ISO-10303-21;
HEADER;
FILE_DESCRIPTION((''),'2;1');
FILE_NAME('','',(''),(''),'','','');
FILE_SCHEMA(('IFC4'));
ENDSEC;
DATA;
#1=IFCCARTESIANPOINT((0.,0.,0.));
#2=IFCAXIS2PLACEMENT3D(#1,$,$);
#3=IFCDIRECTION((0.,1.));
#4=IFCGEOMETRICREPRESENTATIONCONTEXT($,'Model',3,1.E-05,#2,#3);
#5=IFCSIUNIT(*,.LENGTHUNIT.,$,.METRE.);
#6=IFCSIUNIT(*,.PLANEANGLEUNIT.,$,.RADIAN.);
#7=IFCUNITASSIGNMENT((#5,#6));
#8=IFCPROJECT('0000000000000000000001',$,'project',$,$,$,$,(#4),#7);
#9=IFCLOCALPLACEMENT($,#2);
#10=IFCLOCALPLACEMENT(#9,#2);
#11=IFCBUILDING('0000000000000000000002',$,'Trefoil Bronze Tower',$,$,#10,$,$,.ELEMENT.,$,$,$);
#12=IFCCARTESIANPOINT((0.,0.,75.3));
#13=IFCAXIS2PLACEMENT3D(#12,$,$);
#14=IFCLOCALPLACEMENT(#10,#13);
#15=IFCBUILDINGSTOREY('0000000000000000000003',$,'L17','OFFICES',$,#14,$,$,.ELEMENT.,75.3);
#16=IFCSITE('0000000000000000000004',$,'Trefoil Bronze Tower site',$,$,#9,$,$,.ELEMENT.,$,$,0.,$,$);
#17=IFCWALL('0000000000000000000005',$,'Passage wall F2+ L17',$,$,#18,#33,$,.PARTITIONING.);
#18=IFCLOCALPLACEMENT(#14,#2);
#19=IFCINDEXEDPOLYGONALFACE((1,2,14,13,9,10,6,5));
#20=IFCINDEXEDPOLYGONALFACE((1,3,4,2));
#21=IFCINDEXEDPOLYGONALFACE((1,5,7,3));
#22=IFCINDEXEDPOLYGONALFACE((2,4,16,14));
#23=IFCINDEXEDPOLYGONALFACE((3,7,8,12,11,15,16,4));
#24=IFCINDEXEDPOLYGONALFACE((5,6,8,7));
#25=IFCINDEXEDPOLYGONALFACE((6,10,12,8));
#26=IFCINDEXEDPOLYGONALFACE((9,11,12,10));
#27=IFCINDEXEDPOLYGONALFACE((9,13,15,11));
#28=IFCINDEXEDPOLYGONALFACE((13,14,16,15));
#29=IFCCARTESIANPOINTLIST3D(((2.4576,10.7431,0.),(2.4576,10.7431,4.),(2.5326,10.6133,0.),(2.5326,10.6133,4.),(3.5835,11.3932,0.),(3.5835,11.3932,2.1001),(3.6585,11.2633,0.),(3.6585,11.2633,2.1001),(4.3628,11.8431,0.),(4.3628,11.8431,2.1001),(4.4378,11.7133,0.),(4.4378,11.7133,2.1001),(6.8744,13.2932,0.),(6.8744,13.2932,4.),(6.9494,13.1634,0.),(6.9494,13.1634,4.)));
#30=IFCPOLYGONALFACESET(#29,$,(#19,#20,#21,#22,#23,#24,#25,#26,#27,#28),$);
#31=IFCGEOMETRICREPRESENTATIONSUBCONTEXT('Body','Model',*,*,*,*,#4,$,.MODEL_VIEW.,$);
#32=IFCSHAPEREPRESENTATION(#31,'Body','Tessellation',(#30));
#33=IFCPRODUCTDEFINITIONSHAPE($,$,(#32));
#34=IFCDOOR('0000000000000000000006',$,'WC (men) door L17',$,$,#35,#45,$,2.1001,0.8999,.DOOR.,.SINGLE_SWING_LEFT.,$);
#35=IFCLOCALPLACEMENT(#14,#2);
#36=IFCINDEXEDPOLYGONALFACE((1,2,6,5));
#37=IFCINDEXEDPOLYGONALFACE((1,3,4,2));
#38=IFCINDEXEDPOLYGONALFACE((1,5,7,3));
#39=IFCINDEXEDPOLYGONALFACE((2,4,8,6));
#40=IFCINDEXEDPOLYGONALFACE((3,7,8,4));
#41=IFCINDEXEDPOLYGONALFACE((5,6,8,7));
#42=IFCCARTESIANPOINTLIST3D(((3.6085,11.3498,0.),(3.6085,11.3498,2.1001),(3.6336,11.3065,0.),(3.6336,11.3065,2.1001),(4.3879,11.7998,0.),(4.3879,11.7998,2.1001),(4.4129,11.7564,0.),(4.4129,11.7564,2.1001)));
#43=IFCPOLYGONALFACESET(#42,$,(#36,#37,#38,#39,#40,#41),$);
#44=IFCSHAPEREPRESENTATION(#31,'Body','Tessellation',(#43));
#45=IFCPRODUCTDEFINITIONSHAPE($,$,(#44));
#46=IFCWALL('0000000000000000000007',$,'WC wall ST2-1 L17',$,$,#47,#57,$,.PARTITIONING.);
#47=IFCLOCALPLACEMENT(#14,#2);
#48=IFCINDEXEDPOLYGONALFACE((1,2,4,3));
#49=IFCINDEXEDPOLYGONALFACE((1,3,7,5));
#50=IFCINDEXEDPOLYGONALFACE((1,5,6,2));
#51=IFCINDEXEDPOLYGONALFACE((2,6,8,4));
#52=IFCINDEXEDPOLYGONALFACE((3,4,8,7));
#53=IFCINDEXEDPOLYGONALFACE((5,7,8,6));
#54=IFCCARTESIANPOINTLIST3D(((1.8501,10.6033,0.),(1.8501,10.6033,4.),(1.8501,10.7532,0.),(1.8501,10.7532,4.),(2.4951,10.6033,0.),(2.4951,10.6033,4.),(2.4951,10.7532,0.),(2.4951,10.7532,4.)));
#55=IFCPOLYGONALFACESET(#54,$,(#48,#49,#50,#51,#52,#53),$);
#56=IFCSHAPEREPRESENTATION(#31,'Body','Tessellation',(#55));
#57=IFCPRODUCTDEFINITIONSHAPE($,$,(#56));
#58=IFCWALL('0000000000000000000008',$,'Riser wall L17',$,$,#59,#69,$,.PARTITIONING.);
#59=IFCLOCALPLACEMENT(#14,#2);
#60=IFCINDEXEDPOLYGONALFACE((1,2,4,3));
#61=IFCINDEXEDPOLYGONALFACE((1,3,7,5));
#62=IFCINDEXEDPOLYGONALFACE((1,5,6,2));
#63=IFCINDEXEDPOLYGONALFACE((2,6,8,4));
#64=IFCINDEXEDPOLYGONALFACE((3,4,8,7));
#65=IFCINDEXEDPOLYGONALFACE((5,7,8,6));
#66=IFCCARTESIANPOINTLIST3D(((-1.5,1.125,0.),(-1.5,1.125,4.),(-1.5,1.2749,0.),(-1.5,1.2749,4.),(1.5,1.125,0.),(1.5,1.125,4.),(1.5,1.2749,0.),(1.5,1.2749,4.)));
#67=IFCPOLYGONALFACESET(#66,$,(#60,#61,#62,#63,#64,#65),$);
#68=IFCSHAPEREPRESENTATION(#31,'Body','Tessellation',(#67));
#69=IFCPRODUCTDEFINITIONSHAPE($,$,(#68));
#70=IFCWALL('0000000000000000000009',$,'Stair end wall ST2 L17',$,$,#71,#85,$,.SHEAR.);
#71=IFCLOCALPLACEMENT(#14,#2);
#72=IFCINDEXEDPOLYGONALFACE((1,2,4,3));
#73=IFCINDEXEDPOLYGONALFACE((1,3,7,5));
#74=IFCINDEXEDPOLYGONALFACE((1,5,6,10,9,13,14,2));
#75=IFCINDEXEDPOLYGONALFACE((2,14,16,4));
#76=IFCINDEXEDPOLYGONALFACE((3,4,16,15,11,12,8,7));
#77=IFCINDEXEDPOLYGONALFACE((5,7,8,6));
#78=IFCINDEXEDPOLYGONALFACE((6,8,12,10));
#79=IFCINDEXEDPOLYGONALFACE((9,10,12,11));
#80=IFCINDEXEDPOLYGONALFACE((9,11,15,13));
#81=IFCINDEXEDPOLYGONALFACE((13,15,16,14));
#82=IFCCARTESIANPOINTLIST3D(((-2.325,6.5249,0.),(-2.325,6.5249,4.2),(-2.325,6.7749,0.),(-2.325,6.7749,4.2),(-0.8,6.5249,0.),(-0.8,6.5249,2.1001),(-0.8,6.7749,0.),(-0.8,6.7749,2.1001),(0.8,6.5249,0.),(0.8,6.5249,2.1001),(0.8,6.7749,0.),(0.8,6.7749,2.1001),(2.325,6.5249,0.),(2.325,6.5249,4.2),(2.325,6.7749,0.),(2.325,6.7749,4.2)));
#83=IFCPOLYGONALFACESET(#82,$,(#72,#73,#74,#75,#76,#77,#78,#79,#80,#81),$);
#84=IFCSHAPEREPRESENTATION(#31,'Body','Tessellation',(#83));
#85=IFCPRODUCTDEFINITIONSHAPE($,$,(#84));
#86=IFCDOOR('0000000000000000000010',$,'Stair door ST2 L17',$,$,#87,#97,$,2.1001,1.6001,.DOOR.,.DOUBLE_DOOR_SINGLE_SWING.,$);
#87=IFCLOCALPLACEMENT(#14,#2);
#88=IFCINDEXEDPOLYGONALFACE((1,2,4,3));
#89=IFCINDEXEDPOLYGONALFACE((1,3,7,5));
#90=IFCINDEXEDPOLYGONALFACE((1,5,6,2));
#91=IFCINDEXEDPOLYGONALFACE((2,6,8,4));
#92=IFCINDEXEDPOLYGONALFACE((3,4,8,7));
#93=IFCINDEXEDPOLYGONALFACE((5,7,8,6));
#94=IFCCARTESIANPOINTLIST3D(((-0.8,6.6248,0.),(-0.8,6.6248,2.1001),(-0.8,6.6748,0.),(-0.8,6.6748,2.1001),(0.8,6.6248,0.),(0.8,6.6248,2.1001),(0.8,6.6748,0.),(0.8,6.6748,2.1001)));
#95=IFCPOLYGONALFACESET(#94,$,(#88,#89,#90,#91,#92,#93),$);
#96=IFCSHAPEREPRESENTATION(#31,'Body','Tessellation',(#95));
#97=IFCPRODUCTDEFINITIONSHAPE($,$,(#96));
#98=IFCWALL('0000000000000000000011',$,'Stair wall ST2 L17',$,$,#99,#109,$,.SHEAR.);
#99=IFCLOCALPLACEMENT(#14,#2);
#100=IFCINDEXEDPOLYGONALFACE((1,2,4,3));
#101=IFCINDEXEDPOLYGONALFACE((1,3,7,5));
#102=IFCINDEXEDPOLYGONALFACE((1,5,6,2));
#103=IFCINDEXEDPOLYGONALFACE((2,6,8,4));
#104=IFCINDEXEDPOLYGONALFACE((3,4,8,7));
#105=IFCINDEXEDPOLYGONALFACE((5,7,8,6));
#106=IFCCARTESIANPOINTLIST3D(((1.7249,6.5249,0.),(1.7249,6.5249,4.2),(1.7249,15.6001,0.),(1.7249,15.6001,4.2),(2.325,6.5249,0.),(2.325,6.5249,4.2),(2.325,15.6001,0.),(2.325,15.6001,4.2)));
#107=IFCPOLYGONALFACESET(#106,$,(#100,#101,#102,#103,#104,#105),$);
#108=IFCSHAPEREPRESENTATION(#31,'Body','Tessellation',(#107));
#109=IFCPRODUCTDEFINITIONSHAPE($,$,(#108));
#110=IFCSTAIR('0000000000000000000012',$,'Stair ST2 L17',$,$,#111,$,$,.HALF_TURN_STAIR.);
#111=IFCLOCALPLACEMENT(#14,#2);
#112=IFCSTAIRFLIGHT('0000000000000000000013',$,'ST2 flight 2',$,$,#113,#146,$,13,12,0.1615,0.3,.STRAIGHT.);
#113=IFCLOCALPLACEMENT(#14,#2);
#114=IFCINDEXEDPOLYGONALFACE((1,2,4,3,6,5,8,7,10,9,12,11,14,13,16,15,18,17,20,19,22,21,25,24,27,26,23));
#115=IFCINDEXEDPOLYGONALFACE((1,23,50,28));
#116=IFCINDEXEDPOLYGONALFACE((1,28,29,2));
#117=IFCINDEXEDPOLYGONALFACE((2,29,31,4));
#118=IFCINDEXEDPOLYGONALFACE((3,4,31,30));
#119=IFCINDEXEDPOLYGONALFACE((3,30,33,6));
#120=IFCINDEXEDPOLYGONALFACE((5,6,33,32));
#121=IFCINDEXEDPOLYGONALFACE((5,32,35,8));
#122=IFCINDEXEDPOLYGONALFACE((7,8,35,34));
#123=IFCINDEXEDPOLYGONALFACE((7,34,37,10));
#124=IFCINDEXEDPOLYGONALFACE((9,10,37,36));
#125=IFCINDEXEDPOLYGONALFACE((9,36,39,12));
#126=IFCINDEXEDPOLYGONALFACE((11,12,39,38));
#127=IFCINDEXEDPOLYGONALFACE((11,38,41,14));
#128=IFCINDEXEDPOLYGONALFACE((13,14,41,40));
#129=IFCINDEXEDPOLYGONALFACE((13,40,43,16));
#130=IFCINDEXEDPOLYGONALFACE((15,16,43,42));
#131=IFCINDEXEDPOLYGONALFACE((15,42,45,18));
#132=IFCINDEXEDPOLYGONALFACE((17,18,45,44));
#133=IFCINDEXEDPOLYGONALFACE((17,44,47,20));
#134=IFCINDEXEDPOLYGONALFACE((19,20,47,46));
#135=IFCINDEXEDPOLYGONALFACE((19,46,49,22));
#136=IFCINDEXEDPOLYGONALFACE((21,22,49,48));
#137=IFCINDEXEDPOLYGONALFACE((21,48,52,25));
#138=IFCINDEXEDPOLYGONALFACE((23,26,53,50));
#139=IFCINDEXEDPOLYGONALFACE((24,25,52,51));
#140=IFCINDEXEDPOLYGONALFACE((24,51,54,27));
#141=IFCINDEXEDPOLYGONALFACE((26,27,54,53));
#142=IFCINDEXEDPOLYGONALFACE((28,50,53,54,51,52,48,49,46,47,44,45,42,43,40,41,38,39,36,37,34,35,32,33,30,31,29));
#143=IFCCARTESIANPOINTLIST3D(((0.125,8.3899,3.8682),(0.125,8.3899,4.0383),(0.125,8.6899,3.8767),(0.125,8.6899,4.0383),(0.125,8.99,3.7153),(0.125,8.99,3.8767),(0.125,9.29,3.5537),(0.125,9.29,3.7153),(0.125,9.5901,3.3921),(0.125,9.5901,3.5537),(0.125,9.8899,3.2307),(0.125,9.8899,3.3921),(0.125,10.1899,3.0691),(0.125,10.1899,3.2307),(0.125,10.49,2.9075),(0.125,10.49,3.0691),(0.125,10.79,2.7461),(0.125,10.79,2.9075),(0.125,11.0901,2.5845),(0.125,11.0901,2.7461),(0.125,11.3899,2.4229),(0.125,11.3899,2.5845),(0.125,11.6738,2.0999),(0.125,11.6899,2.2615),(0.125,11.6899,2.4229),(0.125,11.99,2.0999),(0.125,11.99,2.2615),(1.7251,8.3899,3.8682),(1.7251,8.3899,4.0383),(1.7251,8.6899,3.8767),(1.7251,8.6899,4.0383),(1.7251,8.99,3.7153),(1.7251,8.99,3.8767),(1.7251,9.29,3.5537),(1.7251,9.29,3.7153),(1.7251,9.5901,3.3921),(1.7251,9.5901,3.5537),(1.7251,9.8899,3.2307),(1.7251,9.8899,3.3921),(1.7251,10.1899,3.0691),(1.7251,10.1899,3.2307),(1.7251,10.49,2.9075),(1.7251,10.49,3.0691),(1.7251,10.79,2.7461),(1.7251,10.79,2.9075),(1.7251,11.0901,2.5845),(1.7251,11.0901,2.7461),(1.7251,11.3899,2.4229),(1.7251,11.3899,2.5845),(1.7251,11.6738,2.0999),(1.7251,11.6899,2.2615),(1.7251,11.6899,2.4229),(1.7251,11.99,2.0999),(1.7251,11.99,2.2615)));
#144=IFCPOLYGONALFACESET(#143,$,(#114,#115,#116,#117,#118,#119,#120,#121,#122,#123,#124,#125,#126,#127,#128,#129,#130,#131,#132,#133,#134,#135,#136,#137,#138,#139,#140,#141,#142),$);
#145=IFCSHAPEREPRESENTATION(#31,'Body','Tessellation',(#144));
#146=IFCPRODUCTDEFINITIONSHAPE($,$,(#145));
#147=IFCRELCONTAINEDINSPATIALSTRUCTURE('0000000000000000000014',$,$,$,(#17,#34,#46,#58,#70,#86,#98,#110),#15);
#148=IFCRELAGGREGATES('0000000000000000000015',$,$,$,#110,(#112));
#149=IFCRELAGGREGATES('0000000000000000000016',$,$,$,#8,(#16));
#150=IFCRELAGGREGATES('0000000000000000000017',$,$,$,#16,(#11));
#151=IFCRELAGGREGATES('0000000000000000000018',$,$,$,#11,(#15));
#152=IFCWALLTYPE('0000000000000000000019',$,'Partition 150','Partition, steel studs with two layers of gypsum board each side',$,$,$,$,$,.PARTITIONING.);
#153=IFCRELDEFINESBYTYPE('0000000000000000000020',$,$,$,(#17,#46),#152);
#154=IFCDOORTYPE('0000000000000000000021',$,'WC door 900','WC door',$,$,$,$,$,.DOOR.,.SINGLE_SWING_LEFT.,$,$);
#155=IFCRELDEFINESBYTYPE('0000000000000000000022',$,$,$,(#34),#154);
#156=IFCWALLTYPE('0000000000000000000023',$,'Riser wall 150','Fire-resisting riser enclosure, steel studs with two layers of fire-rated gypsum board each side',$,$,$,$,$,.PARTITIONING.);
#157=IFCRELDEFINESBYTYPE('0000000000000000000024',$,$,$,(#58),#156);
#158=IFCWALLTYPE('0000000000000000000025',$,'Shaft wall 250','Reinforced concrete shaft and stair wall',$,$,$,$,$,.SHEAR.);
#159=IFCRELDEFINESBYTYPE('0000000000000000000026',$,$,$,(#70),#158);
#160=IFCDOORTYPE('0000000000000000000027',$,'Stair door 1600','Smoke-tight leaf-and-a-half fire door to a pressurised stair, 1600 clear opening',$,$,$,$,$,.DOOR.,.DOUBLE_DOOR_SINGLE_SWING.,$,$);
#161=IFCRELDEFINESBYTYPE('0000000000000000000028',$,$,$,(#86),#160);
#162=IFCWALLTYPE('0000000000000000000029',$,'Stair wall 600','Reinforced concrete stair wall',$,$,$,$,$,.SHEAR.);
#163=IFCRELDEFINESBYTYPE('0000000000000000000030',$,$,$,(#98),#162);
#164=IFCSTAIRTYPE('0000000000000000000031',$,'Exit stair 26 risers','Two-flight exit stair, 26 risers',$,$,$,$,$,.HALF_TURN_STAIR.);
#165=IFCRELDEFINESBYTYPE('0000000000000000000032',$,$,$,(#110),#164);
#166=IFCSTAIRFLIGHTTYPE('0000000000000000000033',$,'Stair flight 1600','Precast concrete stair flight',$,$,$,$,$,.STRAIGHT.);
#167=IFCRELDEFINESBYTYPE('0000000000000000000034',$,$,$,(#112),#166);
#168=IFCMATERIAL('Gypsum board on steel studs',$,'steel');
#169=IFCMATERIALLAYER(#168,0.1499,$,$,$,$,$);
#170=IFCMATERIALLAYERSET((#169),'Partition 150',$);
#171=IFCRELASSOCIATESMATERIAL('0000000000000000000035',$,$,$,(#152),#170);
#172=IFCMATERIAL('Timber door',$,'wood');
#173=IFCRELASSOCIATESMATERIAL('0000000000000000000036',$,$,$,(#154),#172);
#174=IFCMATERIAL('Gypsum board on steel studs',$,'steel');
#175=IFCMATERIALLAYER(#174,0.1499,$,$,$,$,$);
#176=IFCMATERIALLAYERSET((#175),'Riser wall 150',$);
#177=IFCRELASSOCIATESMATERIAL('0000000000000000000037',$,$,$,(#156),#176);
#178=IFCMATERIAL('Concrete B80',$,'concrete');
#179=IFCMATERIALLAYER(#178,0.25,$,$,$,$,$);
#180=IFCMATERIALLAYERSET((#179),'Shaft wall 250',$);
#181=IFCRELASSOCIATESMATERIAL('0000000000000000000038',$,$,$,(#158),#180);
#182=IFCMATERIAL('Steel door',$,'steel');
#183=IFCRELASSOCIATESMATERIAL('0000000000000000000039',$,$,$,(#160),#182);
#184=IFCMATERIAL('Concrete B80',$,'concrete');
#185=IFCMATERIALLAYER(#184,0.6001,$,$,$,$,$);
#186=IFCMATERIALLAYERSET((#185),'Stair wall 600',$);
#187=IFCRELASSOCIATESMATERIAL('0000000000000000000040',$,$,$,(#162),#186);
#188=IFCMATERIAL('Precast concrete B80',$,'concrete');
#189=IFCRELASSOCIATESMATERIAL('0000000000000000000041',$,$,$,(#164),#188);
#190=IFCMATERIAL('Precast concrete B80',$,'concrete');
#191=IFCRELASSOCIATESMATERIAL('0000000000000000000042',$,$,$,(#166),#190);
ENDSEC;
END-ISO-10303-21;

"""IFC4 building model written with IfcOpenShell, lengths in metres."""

from ifc_helpers import new_model, si_unit, direction, frame, frame_2d, origin, place, context, subcontext, project, spatial, polyline, rectangle, outline, extrude, material, layer, layer_set, type_object, element, fill, aggregate, save


model = new_model("IFC4")

# Units and contexts
model_context = context("Model", 3, precision=1e-05, world=origin(), true_north=direction((0.0, 1.0)))
body_context = subcontext(model_context, "Body", "Model", "MODEL_VIEW")
ifc_project = project(units=[si_unit("LENGTHUNIT", "METRE"), si_unit("PLANEANGLEUNIT", "RADIAN")], contexts=[model_context])

# Site, building, storey
site_placement = place(None, origin())
site = spatial("IfcSite", under=ifc_project, at=site_placement, Name="Trefoil Bronze Tower site", CompositionType="ELEMENT", RefElevation=0.0)
building_placement = place(site_placement, origin())
building = spatial("IfcBuilding", under=site, at=building_placement, Name="Trefoil Bronze Tower", CompositionType="ELEMENT")
storey_placement = place(building_placement, frame((0.0, 0.0, 75.3)))
storey = spatial("IfcBuildingStorey", under=building, at=storey_placement, Name="L17", Description="OFFICES", CompositionType="ELEMENT", Elevation=75.3)

# Wall, opening, door
ifc_material_1 = material(Name="Gypsum board on steel studs", Category="steel")
ifc_layer_1 = layer(ifc_material_1, 0.1499)
ifc_layer_set_1 = layer_set([ifc_layer_1], Name="Partition 150")
wall_type_1 = type_object("IfcWallType", Name="Partition 150", Description="Partition, steel studs with two layers of gypsum board each side", PredefinedType="PARTITIONING", material=ifc_layer_set_1)
wall_1_placement = place(storey_placement, frame((2.4951, 10.6782, 0.0), z_axis=(0.0, 0.0, 1.0), x_axis=(0.866022, 0.500006, 0.0)))
wall_1 = element("IfcWall", 1, at=wall_1_placement, inside=storey, type_object=wall_type_1, Name="Passage wall F2+ L17", PredefinedType="PARTITIONING", context=body_context, shape_type="SweptSolid", body=[
    extrude(rectangle(XDim=5.1001, YDim=0.1499, at=frame_2d((2.55, 0.0))), origin(), (0.0, 0.0, 1.0), 4.0),
])
opening_1_placement = place(wall_1_placement, frame((1.3, 0.0, 0.0)))
opening_1 = element("IfcOpeningElement", 2, at=opening_1_placement, cuts=wall_1, PredefinedType="OPENING", context=body_context, shape_type="SweptSolid", body=[
    extrude(rectangle(XDim=0.8999, YDim=2.1001, at=frame_2d((0.45, 1.05))), frame((0.0, 0.085, 0.0), z_axis=(0.0, -1.0, 0.0), x_axis=(1.0, 0.0, 0.0)), (0.0, 0.0, 1.0), 0.1699),
])
ifc_material_2 = material(Name="Timber door", Category="wood")
door_type_1 = type_object("IfcDoorType", Name="WC door 900", Description="WC door", OperationType="SINGLE_SWING_LEFT", PredefinedType="DOOR", material=ifc_material_2)
door_1_placement = place(opening_1_placement, origin())
door_1 = element("IfcDoor", 3, at=door_1_placement, inside=storey, type_object=door_type_1, Name="WC (men) door L17", OperationType="SINGLE_SWING_LEFT", OverallHeight=2.1001, OverallWidth=0.8999, PredefinedType="DOOR", context=body_context, shape_type="SweptSolid", body=[
    extrude(rectangle(XDim=0.8999, YDim=2.1001, at=frame_2d((0.45, 1.05))), frame((0.0, 0.0249, 0.0), z_axis=(0.0, -1.0, 0.0), x_axis=(1.0, 0.0, 0.0)), (0.0, 0.0, 1.0), 0.05),
])
fill(opening_1, door_1)

# Walls
wall_2_placement = place(storey_placement, frame((2.4951, 10.6782, 0.0), z_axis=(0.0, 0.0, 1.0), x_axis=(-1.0, 0.0, 0.0)))
element("IfcWall", 4, at=wall_2_placement, inside=storey, type_object=wall_type_1, Name="WC wall ST2-1 L17", PredefinedType="PARTITIONING", context=body_context, shape_type="SweptSolid", body=[
    extrude(rectangle(XDim=0.645, YDim=0.1499, at=frame_2d((0.3225, 0.0))), origin(), (0.0, 0.0, 1.0), 4.0),
])
ifc_material_3 = material(Name="Gypsum board on steel studs", Category="steel")
ifc_layer_2 = layer(ifc_material_3, 0.1499)
ifc_layer_set_2 = layer_set([ifc_layer_2], Name="Riser wall 150")
wall_type_2 = type_object("IfcWallType", Name="Riser wall 150", Description="Fire-resisting riser enclosure, steel studs with two layers of fire-rated gypsum board each side", PredefinedType="PARTITIONING", material=ifc_layer_set_2)
wall_3_placement = place(storey_placement, frame((1.5, 1.2, 0.0), z_axis=(0.0, 0.0, 1.0), x_axis=(-1.0, 0.0, 0.0)))
element("IfcWall", 5, at=wall_3_placement, inside=storey, type_object=wall_type_2, Name="Riser wall L17", PredefinedType="PARTITIONING", context=body_context, shape_type="SweptSolid", body=[
    extrude(rectangle(XDim=3.0, YDim=0.1499, at=frame_2d((1.5, 0.0))), origin(), (0.0, 0.0, 1.0), 4.0),
])

# Wall, opening, door
ifc_material_4 = material(Name="Concrete B80", Category="concrete")
ifc_layer_3 = layer(ifc_material_4, 0.25)
ifc_layer_set_3 = layer_set([ifc_layer_3], Name="Shaft wall 250")
wall_type_3 = type_object("IfcWallType", Name="Shaft wall 250", Description="Reinforced concrete shaft and stair wall", PredefinedType="SHEAR", material=ifc_layer_set_3)
wall_4_placement = place(storey_placement, frame((2.325, 6.6499, 0.0), z_axis=(0.0, 0.0, 1.0), x_axis=(-1.0, 0.0, 0.0)))
wall_4 = element("IfcWall", 6, at=wall_4_placement, inside=storey, type_object=wall_type_3, Name="Stair end wall ST2 L17", PredefinedType="SHEAR", context=body_context, shape_type="SweptSolid", body=[
    extrude(rectangle(XDim=4.6499, YDim=0.25, at=frame_2d((2.325, 0.0))), origin(), (0.0, 0.0, 1.0), 4.2),
])
opening_2_placement = place(wall_4_placement, frame((1.5249, 0.0, 0.0)))
opening_2 = element("IfcOpeningElement", 7, at=opening_2_placement, cuts=wall_4, PredefinedType="OPENING", context=body_context, shape_type="SweptSolid", body=[
    extrude(rectangle(XDim=1.6001, YDim=2.1001, at=frame_2d((0.8, 1.05))), frame((0.0, 0.135, 0.0), z_axis=(0.0, -1.0, 0.0), x_axis=(1.0, 0.0, 0.0)), (0.0, 0.0, 1.0), 0.27),
])
ifc_material_5 = material(Name="Steel door", Category="steel")
door_type_2 = type_object("IfcDoorType", Name="Stair door 1600", Description="Smoke-tight leaf-and-a-half fire door to a pressurised stair, 1600 clear opening", OperationType="DOUBLE_DOOR_SINGLE_SWING", PredefinedType="DOOR", material=ifc_material_5)
door_2_placement = place(opening_2_placement, frame((1.6001, 0.0, 0.0), z_axis=(0.0, 0.0, 1.0), x_axis=(-1.0, 0.0, 0.0)))
door_2 = element("IfcDoor", 8, at=door_2_placement, inside=storey, type_object=door_type_2, Name="Stair door ST2 L17", OperationType="DOUBLE_DOOR_SINGLE_SWING", OverallHeight=2.1001, OverallWidth=1.6001, PredefinedType="DOOR", context=body_context, shape_type="SweptSolid", body=[
    extrude(rectangle(XDim=1.6001, YDim=2.1001, at=frame_2d((0.8, 1.05))), frame((0.0, 0.0249, 0.0), z_axis=(0.0, -1.0, 0.0), x_axis=(1.0, 0.0, 0.0)), (0.0, 0.0, 1.0), 0.05),
])
fill(opening_2, door_2)

# Wall
ifc_material_6 = material(Name="Concrete B80", Category="concrete")
ifc_layer_4 = layer(ifc_material_6, 0.6001)
ifc_layer_set_4 = layer_set([ifc_layer_4], Name="Stair wall 600")
wall_type_4 = type_object("IfcWallType", Name="Stair wall 600", Description="Reinforced concrete stair wall", PredefinedType="SHEAR", material=ifc_layer_set_4)
wall_5_placement = place(storey_placement, frame((2.0249, 6.5249, 0.0), z_axis=(0.0, 0.0, 1.0), x_axis=(0.0, 1.0, 0.0)))
element("IfcWall", 9, at=wall_5_placement, inside=storey, type_object=wall_type_4, Name="Stair wall ST2 L17", PredefinedType="SHEAR", context=body_context, shape_type="SweptSolid", body=[
    extrude(rectangle(XDim=9.0752, YDim=0.6001, at=frame_2d((4.5376, 0.0))), origin(), (0.0, 0.0, 1.0), 4.2),
])

# Stair, stair flight
ifc_material_7 = material(Name="Precast concrete B80", Category="concrete")
stair_type = type_object("IfcStairType", Name="Exit stair 26 risers", Description="Two-flight exit stair, 26 risers", PredefinedType="HALF_TURN_STAIR", material=ifc_material_7)
stair_placement = place(storey_placement, origin())
stair = element("IfcStair", 10, at=stair_placement, inside=storey, type_object=stair_type, Name="Stair ST2 L17", PredefinedType="HALF_TURN_STAIR")
ifc_material_8 = material(Name="Precast concrete B80", Category="concrete")
stair_flight_type = type_object("IfcStairFlightType", Name="Stair flight 1600", Description="Precast concrete stair flight", PredefinedType="STRAIGHT", material=ifc_material_8)
stair_flight_placement = place(storey_placement, frame((0.925, 11.99, 2.0999), z_axis=(0.0, 0.0, 1.0), x_axis=(0.0, -1.0, 0.0)))
stair_flight = element("IfcStairFlight", 11, at=stair_flight_placement, type_object=stair_flight_type, Name="ST2 flight 2", NumberOfRisers=13, NumberOfTreads=12, PredefinedType="STRAIGHT", RiserHeight=0.1615, TreadLength=0.3, context=body_context, shape_type="SweptSolid", body=[
    extrude(outline(polyline([(0.0, 0.0), (0.0, 0.1616), (0.3, 0.1616), (0.3, 0.323), (0.6001, 0.323), (0.6001, 0.4846), (0.8999, 0.4846), (0.8999, 0.6462), (1.2, 0.6462), (1.2, 0.8076), (1.5, 0.8076), (1.5, 0.9692), (1.8, 0.9692), (1.8, 1.1309), (2.1001, 1.1309), (2.1001, 1.2922), (2.3999, 1.2922), (2.3999, 1.4539), (2.7, 1.4539), (2.7, 1.6155), (3.0, 1.6155), (3.0, 1.7769), (3.3, 1.7769), (3.3, 1.9385), (3.6001, 1.9385), (3.6001, 2.1001), (3.6001, 1.7683), (0.3162, 0.0), (0.0, 0.0)])), frame((0.0, 0.8, 0.0), z_axis=(0.0, -1.0, 0.0), x_axis=(1.0, 0.0, 0.0)), (0.0, 0.0, 1.0), 1.6001),
])
aggregate(stair, [stair_flight])

save(model, "model.ifc")
